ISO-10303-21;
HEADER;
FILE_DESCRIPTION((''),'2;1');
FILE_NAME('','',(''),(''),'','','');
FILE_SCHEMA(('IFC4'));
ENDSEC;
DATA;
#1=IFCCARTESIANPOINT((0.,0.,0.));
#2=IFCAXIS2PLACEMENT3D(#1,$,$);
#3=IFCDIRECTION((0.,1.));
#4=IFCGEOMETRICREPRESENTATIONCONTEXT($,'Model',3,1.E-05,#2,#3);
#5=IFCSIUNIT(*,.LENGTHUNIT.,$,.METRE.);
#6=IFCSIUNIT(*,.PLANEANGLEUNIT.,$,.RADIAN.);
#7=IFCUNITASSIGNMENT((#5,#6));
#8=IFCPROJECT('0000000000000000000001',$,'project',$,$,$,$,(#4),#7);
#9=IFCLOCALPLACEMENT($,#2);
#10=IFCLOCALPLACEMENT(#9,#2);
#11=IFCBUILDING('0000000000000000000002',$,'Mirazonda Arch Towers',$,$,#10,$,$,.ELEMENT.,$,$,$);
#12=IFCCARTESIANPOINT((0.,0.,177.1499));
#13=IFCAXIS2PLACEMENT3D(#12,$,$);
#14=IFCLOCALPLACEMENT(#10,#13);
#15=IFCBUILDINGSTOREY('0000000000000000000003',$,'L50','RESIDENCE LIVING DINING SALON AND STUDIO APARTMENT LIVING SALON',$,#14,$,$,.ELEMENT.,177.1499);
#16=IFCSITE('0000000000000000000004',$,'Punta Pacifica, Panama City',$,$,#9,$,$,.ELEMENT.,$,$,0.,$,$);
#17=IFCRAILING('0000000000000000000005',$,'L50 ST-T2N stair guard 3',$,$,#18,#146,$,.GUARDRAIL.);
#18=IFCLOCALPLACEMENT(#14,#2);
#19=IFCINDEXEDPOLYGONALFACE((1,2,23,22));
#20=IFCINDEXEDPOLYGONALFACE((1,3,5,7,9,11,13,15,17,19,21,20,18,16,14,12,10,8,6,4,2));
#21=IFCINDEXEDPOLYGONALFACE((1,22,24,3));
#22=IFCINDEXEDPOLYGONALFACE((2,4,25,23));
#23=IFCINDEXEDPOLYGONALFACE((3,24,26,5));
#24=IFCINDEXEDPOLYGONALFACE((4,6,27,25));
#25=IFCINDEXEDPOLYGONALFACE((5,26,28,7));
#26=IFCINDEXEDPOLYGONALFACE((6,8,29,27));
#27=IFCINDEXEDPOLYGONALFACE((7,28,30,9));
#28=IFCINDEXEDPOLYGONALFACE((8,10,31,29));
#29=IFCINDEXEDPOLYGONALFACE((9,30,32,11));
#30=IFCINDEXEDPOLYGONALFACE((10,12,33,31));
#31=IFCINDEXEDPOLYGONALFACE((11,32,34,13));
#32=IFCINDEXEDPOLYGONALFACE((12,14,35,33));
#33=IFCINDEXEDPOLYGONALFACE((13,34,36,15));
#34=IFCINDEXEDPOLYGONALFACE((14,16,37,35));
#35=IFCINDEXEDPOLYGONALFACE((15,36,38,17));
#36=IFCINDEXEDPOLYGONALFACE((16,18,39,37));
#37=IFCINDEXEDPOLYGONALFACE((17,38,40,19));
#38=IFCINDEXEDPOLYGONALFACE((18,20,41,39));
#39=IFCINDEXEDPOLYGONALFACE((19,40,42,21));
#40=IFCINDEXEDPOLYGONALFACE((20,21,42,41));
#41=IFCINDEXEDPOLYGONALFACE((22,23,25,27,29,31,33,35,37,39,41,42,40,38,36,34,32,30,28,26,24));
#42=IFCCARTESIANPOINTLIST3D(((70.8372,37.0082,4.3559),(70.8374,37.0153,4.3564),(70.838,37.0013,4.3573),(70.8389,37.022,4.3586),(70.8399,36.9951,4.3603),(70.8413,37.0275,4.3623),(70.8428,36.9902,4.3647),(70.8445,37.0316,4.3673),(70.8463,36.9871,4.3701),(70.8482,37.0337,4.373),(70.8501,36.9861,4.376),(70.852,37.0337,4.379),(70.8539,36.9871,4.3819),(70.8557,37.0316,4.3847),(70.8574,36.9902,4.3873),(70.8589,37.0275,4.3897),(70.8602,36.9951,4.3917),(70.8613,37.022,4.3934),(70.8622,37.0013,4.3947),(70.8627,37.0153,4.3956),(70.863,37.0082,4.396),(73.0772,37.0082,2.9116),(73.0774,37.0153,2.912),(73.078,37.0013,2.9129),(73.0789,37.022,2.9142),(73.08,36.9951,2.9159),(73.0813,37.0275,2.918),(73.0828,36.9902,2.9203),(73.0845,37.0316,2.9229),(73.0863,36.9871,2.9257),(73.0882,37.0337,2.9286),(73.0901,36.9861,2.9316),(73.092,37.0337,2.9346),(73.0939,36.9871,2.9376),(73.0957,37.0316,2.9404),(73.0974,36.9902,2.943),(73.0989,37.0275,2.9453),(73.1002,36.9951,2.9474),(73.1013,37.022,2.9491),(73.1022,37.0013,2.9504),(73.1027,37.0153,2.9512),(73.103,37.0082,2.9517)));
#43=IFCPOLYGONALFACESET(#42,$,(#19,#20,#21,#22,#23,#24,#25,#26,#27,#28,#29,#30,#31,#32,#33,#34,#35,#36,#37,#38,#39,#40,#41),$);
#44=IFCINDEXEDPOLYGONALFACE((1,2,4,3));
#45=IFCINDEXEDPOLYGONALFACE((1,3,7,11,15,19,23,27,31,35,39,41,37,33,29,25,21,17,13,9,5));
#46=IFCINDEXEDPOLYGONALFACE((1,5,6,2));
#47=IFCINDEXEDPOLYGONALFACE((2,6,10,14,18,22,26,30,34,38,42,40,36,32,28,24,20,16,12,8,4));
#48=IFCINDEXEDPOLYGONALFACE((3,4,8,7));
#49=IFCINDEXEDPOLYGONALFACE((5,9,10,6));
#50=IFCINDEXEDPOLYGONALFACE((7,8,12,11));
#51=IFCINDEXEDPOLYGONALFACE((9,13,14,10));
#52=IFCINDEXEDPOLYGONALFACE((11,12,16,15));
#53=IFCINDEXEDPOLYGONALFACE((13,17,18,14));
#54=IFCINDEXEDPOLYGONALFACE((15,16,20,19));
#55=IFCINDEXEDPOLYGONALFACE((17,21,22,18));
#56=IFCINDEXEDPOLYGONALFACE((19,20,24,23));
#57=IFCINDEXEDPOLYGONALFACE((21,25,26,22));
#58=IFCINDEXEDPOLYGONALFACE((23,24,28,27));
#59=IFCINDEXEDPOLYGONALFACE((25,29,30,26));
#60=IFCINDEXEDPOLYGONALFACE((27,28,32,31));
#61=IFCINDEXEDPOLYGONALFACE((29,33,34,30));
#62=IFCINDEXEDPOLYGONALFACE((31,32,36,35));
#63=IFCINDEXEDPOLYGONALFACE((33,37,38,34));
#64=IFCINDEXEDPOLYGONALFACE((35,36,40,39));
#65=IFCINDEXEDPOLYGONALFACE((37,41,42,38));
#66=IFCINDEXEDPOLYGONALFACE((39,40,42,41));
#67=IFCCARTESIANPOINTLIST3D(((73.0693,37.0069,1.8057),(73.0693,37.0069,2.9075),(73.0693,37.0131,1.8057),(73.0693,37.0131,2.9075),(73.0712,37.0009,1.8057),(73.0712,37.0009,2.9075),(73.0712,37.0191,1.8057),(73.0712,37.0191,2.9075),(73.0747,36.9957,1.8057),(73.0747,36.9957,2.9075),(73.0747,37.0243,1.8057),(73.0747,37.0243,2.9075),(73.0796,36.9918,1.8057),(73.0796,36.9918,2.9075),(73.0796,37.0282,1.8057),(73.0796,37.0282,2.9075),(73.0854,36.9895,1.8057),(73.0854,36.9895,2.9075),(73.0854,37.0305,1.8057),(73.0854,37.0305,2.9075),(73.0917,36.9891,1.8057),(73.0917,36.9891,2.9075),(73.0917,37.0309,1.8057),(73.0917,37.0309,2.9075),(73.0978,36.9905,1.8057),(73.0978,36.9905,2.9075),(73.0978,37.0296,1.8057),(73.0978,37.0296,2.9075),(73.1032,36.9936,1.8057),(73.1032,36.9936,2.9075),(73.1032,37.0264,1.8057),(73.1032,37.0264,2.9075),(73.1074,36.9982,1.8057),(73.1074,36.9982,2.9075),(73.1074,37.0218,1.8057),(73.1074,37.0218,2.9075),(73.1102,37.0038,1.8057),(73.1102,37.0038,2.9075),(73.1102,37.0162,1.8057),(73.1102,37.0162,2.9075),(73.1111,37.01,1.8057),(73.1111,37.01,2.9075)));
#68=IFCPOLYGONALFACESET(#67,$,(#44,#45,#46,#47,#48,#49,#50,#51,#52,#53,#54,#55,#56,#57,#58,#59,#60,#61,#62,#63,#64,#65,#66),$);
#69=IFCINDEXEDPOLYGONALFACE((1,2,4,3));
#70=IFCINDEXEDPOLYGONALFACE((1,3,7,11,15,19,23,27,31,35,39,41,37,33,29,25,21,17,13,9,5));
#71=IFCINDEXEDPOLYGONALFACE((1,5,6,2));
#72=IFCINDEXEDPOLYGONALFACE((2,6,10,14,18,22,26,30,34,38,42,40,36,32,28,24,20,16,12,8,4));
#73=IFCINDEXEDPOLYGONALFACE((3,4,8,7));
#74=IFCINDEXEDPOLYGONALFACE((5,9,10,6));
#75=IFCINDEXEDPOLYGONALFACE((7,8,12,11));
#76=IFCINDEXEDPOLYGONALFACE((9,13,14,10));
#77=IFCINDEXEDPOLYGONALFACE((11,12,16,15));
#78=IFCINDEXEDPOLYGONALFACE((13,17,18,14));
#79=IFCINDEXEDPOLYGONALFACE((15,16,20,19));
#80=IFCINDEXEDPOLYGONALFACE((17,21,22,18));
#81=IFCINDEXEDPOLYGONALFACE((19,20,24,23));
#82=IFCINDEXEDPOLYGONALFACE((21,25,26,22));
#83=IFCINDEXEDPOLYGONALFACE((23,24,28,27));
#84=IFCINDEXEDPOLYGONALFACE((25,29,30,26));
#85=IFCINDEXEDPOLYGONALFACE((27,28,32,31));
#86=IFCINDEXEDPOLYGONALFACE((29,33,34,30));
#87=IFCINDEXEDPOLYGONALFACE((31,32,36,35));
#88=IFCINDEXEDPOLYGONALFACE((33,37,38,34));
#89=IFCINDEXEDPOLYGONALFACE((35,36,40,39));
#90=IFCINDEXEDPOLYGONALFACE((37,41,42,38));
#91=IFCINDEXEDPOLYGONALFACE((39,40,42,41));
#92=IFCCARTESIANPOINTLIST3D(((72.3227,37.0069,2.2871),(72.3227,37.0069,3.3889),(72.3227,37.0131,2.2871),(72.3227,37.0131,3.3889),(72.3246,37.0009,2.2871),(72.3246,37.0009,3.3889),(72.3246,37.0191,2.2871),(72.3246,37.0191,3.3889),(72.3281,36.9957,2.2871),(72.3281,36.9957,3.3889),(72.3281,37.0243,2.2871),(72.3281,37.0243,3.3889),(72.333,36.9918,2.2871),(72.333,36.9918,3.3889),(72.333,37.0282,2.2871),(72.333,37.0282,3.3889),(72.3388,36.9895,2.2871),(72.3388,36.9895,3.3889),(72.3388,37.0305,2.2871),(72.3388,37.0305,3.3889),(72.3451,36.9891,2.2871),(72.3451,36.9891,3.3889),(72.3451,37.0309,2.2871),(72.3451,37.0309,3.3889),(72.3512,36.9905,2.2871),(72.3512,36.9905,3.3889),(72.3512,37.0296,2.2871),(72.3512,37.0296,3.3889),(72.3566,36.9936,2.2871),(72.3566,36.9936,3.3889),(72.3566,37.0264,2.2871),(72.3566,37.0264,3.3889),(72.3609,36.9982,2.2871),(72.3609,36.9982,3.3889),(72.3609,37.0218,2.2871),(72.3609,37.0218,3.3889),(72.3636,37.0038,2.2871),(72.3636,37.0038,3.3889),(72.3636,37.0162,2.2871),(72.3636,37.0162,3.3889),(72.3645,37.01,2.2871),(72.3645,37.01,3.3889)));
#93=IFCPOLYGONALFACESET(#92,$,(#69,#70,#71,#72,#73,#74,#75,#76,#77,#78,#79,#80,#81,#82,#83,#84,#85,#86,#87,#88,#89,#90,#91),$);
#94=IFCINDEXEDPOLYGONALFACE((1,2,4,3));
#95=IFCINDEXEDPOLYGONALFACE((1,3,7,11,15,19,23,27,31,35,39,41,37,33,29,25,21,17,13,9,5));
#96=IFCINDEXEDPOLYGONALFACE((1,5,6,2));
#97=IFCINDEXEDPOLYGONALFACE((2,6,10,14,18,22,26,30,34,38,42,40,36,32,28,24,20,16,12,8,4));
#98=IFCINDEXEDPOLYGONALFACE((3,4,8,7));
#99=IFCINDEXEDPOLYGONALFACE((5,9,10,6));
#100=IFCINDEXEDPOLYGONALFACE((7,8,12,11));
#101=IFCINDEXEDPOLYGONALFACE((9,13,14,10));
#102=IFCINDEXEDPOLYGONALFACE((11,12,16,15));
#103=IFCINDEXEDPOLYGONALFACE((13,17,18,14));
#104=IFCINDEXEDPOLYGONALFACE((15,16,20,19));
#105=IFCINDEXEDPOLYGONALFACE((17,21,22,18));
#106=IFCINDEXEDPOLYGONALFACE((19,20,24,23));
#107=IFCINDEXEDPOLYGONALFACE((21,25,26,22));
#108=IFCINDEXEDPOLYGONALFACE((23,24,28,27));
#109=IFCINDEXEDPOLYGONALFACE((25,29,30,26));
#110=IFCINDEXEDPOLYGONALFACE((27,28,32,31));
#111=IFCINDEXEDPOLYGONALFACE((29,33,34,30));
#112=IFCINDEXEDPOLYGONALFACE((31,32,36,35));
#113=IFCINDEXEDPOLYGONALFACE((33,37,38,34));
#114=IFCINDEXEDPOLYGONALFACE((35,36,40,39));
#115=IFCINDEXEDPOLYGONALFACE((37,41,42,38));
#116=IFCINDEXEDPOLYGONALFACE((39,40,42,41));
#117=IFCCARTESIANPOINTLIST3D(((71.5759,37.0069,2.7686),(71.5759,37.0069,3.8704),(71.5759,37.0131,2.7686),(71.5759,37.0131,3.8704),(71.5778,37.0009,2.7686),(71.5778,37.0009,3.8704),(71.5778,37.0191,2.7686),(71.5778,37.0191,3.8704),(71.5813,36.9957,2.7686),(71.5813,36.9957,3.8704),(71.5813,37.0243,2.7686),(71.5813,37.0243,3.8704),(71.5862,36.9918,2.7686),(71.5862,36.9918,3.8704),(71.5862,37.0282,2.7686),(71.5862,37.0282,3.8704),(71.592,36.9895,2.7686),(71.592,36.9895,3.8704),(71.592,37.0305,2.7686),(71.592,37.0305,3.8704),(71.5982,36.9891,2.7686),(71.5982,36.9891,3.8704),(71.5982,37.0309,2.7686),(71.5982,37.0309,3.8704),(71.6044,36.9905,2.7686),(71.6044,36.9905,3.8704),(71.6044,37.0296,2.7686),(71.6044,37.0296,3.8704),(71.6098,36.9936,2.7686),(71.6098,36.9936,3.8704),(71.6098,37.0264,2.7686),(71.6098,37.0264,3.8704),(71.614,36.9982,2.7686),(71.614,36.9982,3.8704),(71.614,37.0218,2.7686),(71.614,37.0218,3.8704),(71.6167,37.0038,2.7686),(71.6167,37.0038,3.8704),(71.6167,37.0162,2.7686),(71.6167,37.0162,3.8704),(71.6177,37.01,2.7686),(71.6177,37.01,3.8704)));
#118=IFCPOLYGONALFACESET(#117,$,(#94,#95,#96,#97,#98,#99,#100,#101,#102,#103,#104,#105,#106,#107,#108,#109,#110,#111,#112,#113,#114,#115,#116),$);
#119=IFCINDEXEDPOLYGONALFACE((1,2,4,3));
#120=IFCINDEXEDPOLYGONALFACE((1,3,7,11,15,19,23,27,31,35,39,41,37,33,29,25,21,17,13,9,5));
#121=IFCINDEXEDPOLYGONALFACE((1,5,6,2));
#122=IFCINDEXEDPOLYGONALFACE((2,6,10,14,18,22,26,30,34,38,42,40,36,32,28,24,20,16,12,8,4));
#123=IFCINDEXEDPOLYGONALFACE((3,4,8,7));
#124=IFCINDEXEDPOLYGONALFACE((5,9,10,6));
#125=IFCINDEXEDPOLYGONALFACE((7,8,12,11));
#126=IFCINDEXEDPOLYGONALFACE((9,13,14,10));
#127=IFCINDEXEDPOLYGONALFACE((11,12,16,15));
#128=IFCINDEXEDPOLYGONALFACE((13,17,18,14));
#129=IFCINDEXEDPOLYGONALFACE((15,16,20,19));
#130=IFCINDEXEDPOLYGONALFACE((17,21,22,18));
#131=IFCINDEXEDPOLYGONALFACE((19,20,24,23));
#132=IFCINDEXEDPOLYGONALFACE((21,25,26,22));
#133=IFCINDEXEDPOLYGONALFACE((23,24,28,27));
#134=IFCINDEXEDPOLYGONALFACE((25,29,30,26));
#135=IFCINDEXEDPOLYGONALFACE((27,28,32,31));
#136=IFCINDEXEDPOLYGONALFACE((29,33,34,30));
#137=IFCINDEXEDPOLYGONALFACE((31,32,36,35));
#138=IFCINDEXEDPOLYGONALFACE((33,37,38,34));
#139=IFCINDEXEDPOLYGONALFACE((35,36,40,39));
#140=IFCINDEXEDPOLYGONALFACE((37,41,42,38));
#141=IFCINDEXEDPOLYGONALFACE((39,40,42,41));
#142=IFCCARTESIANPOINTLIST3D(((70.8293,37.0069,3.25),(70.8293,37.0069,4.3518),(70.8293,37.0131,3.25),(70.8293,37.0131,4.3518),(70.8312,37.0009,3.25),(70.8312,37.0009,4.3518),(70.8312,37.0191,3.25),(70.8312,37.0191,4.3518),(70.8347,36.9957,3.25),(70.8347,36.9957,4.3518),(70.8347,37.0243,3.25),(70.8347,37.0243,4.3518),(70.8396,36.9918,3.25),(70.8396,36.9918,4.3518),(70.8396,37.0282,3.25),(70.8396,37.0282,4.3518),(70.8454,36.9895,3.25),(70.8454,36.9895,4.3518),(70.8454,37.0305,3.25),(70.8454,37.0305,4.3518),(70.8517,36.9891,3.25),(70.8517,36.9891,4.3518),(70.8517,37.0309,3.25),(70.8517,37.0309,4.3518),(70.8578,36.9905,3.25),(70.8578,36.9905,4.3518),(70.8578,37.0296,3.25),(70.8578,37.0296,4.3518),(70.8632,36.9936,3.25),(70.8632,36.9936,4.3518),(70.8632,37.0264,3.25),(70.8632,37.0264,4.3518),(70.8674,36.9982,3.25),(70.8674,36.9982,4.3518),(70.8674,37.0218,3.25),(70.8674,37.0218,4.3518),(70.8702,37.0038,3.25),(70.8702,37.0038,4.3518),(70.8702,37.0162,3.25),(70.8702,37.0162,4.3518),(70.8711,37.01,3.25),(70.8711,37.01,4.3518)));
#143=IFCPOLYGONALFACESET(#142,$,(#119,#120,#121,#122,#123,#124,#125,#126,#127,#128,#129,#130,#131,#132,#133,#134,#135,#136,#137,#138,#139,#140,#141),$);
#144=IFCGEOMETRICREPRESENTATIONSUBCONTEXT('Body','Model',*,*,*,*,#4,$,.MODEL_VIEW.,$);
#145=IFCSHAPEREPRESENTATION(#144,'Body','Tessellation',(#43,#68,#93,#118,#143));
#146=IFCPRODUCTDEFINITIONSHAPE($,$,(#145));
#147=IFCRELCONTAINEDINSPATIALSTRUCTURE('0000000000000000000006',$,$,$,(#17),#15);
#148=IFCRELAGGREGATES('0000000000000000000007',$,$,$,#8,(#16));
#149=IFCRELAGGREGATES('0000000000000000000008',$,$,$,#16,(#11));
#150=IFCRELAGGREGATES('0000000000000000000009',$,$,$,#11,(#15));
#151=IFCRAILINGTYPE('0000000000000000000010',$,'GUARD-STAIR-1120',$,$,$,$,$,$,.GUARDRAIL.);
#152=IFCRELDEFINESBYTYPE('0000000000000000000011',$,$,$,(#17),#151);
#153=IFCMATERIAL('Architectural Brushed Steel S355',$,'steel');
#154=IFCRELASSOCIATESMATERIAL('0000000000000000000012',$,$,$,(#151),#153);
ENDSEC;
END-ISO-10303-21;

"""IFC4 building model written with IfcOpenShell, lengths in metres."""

from ifc_helpers import new_model, si_unit, direction, frame, origin, origin_2d, place, context, subcontext, project, spatial, circle, extrude, material, type_object, element, save


model = new_model("IFC4")

# Units and contexts
model_context = context("Model", 3, precision=1e-05, world=origin(), true_north=direction((0.0, 1.0)))
body_context = subcontext(model_context, "Body", "Model", "MODEL_VIEW")
ifc_project = project(units=[si_unit("LENGTHUNIT", "METRE"), si_unit("PLANEANGLEUNIT", "RADIAN")], contexts=[model_context])

# Site, building, storey
site_placement = place(None, origin())
site = spatial("IfcSite", under=ifc_project, at=site_placement, Name="Punta Pacifica, Panama City", CompositionType="ELEMENT", RefElevation=0.0)
building_placement = place(site_placement, origin())
building = spatial("IfcBuilding", under=site, at=building_placement, Name="Mirazonda Arch Towers", CompositionType="ELEMENT")
storey_placement = place(building_placement, frame((0.0, 0.0, 177.1499)))
storey = spatial("IfcBuildingStorey", under=building, at=storey_placement, Name="L50", Description="RESIDENCE LIVING DINING SALON AND STUDIO APARTMENT LIVING SALON", CompositionType="ELEMENT", Elevation=177.1499)

# Railing
ifc_material_1 = material(Name="Architectural Brushed Steel S355", Category="steel")
railing_type_1 = type_object("IfcRailingType", Name="GUARD-STAIR-1120", PredefinedType="GUARDRAIL", material=ifc_material_1)
railing_1_placement = place(storey_placement, frame((73.0901, 37.01, 1.8057)))
element("IfcRailing", 1, at=railing_1_placement, inside=storey, type_object=railing_type_1, Name="L50 ST-T2N stair guard 3", PredefinedType="GUARDRAIL", context=body_context, shape_type="SweptSolid", body=[
    extrude(circle(Radius=0.0239, at=origin_2d()), frame((0.0, 0.0, 1.126), z_axis=(-0.840437, 0.0, 0.54191), x_axis=(0.0, -1.0, 0.0)), (0.0, 0.0, 1.0), 2.6653),
    extrude(circle(Radius=0.021, at=origin_2d()), origin(), (0.0, 0.0, 1.0), 1.1018),
    extrude(circle(Radius=0.021, at=origin_2d()), frame((-0.7466, 0.0, 0.4814)), (0.0, 0.0, 1.0), 1.1018),
    extrude(circle(Radius=0.021, at=origin_2d()), frame((-1.4934, 0.0, 0.9629)), (0.0, 0.0, 1.0), 1.1018),
    extrude(circle(Radius=0.021, at=origin_2d()), frame((-2.24, 0.0, 1.4443)), (0.0, 0.0, 1.0), 1.1018),
])

save(model, "model.ifc")
